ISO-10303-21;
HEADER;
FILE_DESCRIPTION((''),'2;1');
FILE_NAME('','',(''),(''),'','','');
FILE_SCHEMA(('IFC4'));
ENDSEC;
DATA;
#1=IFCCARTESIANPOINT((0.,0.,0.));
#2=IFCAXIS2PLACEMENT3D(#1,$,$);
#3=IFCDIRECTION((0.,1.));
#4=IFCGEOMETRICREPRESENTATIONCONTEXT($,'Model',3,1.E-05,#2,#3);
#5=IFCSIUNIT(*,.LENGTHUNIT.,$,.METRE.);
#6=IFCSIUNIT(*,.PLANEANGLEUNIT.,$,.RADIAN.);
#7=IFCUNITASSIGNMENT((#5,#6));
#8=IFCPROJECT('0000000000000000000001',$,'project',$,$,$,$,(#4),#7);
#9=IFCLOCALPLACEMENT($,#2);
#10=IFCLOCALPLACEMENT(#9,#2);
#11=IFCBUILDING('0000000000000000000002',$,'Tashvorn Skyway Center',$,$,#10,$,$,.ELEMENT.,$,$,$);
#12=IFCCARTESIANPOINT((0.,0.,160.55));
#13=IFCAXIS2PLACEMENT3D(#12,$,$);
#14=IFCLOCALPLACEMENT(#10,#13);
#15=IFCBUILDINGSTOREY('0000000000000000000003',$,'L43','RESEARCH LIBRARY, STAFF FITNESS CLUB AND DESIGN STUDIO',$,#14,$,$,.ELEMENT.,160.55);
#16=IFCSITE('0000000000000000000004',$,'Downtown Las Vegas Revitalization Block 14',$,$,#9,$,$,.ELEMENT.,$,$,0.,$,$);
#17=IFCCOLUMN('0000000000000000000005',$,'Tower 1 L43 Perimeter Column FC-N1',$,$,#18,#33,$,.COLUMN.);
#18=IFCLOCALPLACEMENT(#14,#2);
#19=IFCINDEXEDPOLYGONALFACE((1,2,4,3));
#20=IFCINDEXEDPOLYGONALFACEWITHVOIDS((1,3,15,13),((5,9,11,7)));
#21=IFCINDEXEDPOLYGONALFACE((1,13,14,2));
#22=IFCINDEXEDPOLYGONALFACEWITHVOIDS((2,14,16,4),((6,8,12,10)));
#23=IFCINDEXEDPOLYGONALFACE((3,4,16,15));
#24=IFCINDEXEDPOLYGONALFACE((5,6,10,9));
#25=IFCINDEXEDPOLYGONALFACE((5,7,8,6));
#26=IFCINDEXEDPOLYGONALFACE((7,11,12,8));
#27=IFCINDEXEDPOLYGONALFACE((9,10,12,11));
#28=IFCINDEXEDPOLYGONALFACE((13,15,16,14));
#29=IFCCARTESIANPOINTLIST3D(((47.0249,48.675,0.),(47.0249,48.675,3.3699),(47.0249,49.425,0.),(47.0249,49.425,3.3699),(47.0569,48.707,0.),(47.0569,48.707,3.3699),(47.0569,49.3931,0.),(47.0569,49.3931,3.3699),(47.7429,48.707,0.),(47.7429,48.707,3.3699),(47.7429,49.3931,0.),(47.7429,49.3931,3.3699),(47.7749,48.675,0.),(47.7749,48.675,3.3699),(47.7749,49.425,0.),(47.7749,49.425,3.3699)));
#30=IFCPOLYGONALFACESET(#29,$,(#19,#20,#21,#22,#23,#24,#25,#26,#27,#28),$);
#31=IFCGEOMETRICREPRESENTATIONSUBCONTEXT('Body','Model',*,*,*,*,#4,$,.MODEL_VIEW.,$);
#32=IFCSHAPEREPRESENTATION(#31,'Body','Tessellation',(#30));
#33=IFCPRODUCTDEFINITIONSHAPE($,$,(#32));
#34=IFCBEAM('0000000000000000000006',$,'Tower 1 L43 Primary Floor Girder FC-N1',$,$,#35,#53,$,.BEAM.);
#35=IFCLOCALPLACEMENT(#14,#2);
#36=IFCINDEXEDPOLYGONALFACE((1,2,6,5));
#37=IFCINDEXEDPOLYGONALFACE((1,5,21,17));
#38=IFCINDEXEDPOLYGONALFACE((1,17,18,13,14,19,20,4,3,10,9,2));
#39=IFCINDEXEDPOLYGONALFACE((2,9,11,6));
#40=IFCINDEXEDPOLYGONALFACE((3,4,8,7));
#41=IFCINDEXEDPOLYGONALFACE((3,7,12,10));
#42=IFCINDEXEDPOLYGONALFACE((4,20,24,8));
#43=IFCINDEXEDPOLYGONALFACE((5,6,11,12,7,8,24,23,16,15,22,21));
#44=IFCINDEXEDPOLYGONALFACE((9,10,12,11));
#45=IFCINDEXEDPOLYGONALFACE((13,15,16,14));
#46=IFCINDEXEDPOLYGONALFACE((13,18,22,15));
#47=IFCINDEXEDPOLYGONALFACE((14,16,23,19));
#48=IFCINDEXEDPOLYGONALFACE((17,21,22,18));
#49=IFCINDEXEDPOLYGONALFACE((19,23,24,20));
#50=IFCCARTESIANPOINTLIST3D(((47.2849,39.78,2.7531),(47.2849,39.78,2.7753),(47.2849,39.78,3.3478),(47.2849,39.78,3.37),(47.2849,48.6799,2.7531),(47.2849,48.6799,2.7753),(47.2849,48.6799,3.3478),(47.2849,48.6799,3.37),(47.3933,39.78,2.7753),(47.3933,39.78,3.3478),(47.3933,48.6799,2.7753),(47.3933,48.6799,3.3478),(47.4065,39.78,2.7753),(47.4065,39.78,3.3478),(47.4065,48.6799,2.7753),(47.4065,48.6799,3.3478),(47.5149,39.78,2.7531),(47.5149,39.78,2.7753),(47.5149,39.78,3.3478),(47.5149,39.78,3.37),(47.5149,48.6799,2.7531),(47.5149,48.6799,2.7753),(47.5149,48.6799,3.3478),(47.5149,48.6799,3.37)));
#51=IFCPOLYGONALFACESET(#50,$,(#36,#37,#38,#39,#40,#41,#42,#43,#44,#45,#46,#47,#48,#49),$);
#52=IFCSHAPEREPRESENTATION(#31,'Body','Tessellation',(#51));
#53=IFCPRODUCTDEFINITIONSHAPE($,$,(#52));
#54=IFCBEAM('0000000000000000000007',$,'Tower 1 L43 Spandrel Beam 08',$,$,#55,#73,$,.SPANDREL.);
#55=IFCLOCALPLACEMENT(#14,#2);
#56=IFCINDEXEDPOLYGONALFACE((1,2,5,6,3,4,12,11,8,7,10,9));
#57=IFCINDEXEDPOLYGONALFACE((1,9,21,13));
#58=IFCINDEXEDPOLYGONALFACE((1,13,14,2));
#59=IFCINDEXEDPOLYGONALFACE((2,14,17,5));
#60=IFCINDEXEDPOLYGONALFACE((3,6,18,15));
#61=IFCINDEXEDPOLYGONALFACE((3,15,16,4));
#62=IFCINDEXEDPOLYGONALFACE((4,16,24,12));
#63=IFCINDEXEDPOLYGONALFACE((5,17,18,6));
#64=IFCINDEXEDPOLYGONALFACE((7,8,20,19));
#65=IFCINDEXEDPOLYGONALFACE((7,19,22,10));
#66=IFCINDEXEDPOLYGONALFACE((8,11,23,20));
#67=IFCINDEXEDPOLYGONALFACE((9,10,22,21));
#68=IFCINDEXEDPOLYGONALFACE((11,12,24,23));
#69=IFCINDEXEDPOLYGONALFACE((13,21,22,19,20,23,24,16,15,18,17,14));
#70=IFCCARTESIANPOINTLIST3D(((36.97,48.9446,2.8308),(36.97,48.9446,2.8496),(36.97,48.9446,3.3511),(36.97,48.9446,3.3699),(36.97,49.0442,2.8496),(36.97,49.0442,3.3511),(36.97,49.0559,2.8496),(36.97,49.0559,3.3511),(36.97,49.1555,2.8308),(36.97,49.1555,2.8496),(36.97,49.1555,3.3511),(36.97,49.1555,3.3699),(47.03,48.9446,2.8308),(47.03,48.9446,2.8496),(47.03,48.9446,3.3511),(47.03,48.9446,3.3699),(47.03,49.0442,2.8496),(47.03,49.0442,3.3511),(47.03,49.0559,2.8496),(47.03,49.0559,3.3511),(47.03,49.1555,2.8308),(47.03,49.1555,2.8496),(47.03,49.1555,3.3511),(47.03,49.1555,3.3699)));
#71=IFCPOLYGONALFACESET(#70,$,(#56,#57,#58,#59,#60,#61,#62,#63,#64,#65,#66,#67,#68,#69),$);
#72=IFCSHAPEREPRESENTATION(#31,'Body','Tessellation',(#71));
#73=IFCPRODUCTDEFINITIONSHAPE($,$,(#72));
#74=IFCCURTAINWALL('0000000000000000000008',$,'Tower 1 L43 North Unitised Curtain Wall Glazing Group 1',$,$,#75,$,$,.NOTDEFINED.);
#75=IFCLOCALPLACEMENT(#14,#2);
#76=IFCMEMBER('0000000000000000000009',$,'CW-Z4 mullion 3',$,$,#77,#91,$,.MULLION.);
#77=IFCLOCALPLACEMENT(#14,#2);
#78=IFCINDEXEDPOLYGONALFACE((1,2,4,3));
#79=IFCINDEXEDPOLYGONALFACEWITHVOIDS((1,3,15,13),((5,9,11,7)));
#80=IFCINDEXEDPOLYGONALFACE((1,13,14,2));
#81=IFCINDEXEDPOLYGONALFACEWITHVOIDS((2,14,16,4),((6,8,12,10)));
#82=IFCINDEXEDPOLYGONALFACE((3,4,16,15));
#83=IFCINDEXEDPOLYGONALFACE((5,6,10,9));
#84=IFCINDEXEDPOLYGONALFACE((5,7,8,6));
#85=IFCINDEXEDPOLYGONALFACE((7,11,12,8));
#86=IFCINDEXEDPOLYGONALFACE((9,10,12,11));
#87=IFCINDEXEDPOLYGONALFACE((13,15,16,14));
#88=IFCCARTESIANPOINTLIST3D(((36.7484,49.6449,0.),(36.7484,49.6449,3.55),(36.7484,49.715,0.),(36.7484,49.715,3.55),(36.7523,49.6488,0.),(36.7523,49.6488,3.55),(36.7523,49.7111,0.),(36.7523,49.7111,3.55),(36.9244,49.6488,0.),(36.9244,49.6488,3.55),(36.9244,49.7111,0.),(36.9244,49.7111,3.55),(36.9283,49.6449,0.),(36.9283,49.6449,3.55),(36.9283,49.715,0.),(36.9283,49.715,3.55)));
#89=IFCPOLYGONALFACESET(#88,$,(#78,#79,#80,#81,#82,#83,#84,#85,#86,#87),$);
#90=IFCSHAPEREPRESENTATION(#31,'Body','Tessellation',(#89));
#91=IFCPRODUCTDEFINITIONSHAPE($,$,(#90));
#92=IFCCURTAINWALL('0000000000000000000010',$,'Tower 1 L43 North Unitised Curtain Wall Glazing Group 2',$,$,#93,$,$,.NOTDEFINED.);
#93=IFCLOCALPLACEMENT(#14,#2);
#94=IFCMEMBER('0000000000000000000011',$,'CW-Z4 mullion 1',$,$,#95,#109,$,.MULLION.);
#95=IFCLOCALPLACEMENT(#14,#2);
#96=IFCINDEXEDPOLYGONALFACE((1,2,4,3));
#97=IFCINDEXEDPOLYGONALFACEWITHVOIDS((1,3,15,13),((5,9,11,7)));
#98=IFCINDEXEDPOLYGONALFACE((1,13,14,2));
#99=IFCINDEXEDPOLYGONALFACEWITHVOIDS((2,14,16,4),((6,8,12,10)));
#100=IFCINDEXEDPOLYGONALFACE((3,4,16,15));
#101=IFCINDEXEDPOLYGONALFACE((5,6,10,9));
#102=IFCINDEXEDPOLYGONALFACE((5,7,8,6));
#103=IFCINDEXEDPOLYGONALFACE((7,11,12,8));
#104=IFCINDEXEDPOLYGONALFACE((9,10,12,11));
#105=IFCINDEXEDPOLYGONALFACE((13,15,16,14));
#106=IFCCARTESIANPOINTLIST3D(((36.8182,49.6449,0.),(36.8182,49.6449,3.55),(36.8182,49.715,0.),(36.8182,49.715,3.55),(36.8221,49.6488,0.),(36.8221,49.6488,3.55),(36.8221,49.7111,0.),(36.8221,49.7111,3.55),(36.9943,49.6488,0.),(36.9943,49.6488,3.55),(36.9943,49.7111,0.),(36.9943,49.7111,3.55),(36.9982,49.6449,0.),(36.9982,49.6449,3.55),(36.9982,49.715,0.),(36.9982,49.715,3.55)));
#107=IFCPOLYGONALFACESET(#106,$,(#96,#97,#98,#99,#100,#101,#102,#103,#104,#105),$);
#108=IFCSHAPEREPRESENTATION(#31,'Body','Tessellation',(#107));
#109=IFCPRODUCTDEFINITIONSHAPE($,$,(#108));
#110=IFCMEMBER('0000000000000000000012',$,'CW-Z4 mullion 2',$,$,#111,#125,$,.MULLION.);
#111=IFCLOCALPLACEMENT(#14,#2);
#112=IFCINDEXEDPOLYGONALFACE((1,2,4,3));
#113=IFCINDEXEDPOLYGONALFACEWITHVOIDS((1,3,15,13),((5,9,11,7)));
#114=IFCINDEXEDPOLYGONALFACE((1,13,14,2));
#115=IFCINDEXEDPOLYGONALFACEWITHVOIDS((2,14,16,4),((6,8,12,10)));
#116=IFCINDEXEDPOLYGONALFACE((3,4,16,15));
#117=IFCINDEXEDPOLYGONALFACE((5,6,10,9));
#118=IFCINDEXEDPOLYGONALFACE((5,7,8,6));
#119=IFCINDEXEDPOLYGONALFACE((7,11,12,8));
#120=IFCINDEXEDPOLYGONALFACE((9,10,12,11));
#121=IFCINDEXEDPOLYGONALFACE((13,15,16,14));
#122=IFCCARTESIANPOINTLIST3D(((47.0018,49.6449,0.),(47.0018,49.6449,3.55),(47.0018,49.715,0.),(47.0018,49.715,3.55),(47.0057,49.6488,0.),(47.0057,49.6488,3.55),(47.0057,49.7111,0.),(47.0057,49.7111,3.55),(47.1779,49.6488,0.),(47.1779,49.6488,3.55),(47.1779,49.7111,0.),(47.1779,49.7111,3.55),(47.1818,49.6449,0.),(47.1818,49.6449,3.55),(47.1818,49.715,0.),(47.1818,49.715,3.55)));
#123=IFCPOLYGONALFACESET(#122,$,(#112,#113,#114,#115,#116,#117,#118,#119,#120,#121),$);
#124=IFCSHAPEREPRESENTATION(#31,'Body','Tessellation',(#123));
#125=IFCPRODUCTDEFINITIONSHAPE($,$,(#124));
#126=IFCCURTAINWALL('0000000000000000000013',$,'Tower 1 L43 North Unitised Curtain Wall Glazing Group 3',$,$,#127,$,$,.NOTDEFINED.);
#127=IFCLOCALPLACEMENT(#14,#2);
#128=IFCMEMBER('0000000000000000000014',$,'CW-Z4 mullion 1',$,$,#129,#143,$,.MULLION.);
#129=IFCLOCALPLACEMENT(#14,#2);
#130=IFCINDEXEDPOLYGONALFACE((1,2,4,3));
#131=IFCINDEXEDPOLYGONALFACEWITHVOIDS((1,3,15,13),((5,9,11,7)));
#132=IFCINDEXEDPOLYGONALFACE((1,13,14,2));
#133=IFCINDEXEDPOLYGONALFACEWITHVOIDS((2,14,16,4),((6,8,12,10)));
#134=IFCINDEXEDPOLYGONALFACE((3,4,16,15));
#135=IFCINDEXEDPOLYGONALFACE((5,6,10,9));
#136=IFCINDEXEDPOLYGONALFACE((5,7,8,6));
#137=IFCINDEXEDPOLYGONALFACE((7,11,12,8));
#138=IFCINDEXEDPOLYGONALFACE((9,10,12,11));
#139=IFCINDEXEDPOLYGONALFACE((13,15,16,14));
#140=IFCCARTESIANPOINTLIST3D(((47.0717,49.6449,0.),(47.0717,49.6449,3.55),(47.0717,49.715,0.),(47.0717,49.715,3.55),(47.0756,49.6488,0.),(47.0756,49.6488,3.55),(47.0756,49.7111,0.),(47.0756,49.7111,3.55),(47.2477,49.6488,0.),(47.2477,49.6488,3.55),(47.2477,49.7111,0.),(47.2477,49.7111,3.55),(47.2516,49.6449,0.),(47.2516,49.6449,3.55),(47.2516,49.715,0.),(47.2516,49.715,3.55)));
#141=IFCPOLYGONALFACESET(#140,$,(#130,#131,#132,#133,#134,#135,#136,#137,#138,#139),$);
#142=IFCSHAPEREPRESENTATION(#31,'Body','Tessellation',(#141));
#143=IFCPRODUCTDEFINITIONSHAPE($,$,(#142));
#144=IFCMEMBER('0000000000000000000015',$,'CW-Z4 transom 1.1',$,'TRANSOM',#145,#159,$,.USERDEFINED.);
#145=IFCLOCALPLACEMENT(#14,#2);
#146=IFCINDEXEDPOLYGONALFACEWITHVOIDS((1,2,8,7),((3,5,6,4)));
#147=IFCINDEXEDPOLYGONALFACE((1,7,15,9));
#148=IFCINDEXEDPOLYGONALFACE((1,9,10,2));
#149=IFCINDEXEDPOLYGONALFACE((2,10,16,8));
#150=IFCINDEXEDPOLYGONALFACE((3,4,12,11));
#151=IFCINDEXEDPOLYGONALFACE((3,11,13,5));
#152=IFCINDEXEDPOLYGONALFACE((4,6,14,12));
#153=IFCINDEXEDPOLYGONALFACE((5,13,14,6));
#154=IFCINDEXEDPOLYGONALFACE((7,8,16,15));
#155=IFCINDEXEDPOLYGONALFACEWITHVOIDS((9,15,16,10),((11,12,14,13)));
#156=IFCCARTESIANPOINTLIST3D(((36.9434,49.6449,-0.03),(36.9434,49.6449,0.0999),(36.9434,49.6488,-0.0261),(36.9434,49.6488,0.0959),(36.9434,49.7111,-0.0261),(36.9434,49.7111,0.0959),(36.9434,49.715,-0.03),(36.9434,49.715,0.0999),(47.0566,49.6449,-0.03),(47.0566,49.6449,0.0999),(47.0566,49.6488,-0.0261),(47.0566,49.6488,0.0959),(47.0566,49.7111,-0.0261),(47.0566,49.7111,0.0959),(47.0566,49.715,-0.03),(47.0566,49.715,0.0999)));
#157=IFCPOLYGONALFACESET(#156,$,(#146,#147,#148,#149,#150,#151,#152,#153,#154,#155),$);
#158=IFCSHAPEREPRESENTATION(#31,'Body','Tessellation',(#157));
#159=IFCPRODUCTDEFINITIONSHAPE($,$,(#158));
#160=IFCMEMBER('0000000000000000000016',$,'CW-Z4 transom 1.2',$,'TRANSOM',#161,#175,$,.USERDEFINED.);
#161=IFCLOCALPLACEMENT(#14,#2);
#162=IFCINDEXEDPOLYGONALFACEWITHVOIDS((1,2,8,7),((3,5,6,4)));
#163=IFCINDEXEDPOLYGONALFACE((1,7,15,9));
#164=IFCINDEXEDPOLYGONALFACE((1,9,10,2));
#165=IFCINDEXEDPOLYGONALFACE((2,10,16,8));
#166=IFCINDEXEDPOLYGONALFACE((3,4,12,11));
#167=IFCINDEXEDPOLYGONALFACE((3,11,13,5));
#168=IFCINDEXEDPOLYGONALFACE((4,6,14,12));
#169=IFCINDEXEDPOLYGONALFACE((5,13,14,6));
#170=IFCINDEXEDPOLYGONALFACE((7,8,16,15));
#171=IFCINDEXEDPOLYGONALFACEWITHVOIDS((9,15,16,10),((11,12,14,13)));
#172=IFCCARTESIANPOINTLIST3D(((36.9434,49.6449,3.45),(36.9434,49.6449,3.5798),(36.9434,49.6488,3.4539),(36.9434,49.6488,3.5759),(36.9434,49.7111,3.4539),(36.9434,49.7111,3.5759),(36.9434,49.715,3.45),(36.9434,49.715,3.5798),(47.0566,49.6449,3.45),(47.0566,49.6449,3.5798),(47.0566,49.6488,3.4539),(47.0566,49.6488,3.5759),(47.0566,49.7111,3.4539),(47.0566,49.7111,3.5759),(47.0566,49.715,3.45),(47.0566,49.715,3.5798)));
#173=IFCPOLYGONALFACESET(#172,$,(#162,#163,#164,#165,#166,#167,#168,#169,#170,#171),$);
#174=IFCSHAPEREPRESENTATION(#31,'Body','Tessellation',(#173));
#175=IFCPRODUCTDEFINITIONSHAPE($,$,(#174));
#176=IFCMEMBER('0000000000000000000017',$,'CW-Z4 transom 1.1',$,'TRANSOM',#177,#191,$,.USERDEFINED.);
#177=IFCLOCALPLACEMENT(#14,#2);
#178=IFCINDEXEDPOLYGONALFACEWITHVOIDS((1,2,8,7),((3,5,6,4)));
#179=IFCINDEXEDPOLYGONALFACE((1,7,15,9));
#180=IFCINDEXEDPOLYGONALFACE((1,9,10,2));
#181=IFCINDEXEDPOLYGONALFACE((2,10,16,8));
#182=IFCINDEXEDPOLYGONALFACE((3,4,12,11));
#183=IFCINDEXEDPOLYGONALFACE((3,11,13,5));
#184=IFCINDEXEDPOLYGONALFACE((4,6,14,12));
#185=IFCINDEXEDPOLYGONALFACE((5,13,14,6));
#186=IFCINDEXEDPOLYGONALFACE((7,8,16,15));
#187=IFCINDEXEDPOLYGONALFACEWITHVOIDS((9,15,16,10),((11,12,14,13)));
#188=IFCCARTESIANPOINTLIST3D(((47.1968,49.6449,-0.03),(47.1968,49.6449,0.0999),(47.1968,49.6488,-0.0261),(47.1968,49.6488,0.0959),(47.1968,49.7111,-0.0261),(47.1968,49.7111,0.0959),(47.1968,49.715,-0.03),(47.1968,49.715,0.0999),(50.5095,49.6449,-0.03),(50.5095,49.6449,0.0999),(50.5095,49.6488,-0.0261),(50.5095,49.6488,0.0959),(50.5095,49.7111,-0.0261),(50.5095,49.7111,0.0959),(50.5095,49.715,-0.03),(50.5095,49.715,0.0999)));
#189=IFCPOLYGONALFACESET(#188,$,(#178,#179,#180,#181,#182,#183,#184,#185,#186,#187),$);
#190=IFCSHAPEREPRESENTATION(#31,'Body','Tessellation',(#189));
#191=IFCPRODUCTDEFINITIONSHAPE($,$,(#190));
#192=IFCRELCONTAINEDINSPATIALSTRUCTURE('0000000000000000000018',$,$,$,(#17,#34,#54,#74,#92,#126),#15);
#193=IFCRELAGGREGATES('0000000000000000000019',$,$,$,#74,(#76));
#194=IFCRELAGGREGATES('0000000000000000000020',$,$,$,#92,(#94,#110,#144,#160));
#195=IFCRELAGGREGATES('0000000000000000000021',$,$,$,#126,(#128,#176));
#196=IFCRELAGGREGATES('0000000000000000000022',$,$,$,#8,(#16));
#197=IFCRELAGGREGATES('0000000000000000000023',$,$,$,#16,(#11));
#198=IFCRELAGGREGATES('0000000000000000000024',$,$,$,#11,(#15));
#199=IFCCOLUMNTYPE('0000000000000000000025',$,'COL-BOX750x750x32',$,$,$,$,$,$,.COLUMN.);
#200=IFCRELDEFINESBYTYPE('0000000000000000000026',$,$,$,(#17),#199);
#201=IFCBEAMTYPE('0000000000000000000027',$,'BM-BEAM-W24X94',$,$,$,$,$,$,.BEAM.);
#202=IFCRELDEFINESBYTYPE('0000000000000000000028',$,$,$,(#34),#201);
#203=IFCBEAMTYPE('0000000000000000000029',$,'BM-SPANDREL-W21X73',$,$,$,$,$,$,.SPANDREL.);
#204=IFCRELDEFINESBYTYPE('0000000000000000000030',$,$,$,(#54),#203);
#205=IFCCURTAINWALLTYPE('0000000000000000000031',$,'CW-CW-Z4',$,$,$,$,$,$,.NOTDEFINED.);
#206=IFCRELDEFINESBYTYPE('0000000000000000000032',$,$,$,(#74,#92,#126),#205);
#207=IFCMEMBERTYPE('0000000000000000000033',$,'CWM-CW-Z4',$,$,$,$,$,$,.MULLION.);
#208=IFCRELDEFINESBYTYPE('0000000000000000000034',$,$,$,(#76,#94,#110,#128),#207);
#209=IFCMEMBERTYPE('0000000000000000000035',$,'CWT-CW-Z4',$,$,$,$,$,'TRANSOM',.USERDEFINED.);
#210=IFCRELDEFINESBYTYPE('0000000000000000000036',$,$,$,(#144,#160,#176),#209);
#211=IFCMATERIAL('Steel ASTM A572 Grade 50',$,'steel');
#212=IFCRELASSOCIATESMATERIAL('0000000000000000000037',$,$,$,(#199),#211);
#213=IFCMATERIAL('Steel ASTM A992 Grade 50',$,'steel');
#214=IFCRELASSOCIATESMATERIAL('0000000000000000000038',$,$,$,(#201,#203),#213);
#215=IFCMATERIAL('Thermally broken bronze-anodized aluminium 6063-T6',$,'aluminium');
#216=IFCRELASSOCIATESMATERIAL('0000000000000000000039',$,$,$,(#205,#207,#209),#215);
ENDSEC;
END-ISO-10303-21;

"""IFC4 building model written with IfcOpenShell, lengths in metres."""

from ifc_helpers import new_model, si_unit, direction, frame, origin, origin_2d, place, context, subcontext, project, spatial, hollow_rectangle, i_section, extrude, material, material_profile, profile_set, type_object, element, aggregate, save


model = new_model("IFC4")

# Units and contexts
model_context = context("Model", 3, precision=1e-05, world=origin(), true_north=direction((0.0, 1.0)))
body_context = subcontext(model_context, "Body", "Model", "MODEL_VIEW")
ifc_project = project(units=[si_unit("LENGTHUNIT", "METRE"), si_unit("PLANEANGLEUNIT", "RADIAN")], contexts=[model_context])

# Site, building, storey
site_placement = place(None, origin())
site = spatial("IfcSite", under=ifc_project, at=site_placement, Name="Downtown Las Vegas Revitalization Block 14", CompositionType="ELEMENT", RefElevation=0.0)
building_placement = place(site_placement, origin())
building = spatial("IfcBuilding", under=site, at=building_placement, Name="Tashvorn Skyway Center", CompositionType="ELEMENT")
storey_placement = place(building_placement, frame((0.0, 0.0, 160.55)))
storey = spatial("IfcBuildingStorey", under=building, at=storey_placement, Name="L43", Description="RESEARCH LIBRARY, STAFF FITNESS CLUB AND DESIGN STUDIO", CompositionType="ELEMENT", Elevation=160.55)

# Column
ifc_material_1 = material(Name="Steel ASTM A572 Grade 50", Category="steel")
ifc_material_profile_1 = material_profile(ifc_material_1, hollow_rectangle(XDim=0.75, YDim=0.75, WallThickness=0.032, at=origin_2d()), Name="BOX750x750x32")
ifc_profile_set_1 = profile_set([ifc_material_profile_1], Name="Steel ASTM A572 Grade 50")
column_type = type_object("IfcColumnType", Name="COL-BOX750x750x32", PredefinedType="COLUMN", material=ifc_profile_set_1)
column_placement = place(storey_placement, frame((47.3999, 49.05, 0.0), z_axis=(0.0, 0.0, 1.0), x_axis=(1.0, 0.0, 0.0)))
element("IfcColumn", 1, at=column_placement, inside=storey, type_object=column_type, Name="Tower 1 L43 Perimeter Column FC-N1", PredefinedType="COLUMN", context=body_context, shape_type="SweptSolid", body=[
    extrude(hollow_rectangle(XDim=0.75, YDim=0.75, WallThickness=0.032, at=origin_2d()), origin(), (0.0, 0.0, 1.0), 3.3699),
])

# Beams
ifc_material_2 = material(Name="Steel ASTM A992 Grade 50", Category="steel")
ifc_material_profile_2 = material_profile(ifc_material_2, i_section(OverallWidth=0.23, OverallDepth=0.6169, WebThickness=0.0132, FlangeThickness=0.0222, at=origin_2d()), Name="W24X94")
ifc_profile_set_2 = profile_set([ifc_material_profile_2], Name="Steel ASTM A992 Grade 50")
beam_type_1 = type_object("IfcBeamType", Name="BM-BEAM-W24X94", PredefinedType="BEAM", material=ifc_profile_set_2)
beam_1_placement = place(storey_placement, frame((47.3999, 48.6799, 3.0615), z_axis=(0.0, -1.0, 0.0), x_axis=(1.0, 0.0, 0.0)))
element("IfcBeam", 2, at=beam_1_placement, inside=storey, type_object=beam_type_1, Name="Tower 1 L43 Primary Floor Girder FC-N1", PredefinedType="BEAM", context=body_context, shape_type="SweptSolid", body=[
    extrude(i_section(OverallWidth=0.23, OverallDepth=0.6169, WebThickness=0.0132, FlangeThickness=0.0222, at=origin_2d()), origin(), (0.0, 0.0, 1.0), 8.8999),
])
ifc_material_profile_3 = material_profile(ifc_material_2, i_section(OverallWidth=0.2109, OverallDepth=0.5391, WebThickness=0.0117, FlangeThickness=0.0188, at=origin_2d()), Name="W21X73")
ifc_profile_set_3 = profile_set([ifc_material_profile_3], Name="Steel ASTM A992 Grade 50")
beam_type_2 = type_object("IfcBeamType", Name="BM-SPANDREL-W21X73", PredefinedType="SPANDREL", material=ifc_profile_set_3)
beam_2_placement = place(storey_placement, frame((47.03, 49.05, 3.1003), z_axis=(-1.0, 0.0, 0.0), x_axis=(0.0, -1.0, 0.0)))
element("IfcBeam", 3, at=beam_2_placement, inside=storey, type_object=beam_type_2, Name="Tower 1 L43 Spandrel Beam 08", PredefinedType="SPANDREL", context=body_context, shape_type="SweptSolid", body=[
    extrude(i_section(OverallWidth=0.2109, OverallDepth=0.5391, WebThickness=0.0117, FlangeThickness=0.0188, at=origin_2d()), origin(), (0.0, 0.0, 1.0), 10.0601),
])

# Curtain wall, member
ifc_material_3 = material(Name="Thermally broken bronze-anodized aluminium 6063-T6", Category="aluminium")
curtain_wall_type = type_object("IfcCurtainWallType", Name="CW-CW-Z4", PredefinedType="NOTDEFINED", material=ifc_material_3)
curtain_wall_1_placement = place(storey_placement, origin())
curtain_wall_1 = element("IfcCurtainWall", 4, at=curtain_wall_1_placement, inside=storey, type_object=curtain_wall_type, Name="Tower 1 L43 North Unitised Curtain Wall Glazing Group 1", PredefinedType="NOTDEFINED")
ifc_material_profile_4 = material_profile(ifc_material_3, hollow_rectangle(XDim=0.0701, YDim=0.1799, WallThickness=0.0039, at=origin_2d()), Name="ALU-MULL-70x180")
ifc_profile_set_4 = profile_set([ifc_material_profile_4], Name="Thermally broken bronze-anodized aluminium 6063-T6")
member_type_1 = type_object("IfcMemberType", Name="CWM-CW-Z4", PredefinedType="MULLION", material=ifc_profile_set_4)
member_1_placement = place(storey_placement, frame((36.8384, 49.6799, 0.0), z_axis=(0.0, 0.0, 1.0), x_axis=(0.0, 1.0, 0.0)))
member_1 = element("IfcMember", 5, at=member_1_placement, type_object=member_type_1, Name="CW-Z4 mullion 3", PredefinedType="MULLION", context=body_context, shape_type="SweptSolid", body=[
    extrude(hollow_rectangle(XDim=0.0701, YDim=0.1799, WallThickness=0.0039, at=origin_2d()), origin(), (0.0, 0.0, 1.0), 3.55),
])
aggregate(curtain_wall_1, [member_1])

# Curtain wall, members
curtain_wall_2_placement = place(storey_placement, origin())
curtain_wall_2 = element("IfcCurtainWall", 6, at=curtain_wall_2_placement, inside=storey, type_object=curtain_wall_type, Name="Tower 1 L43 North Unitised Curtain Wall Glazing Group 2", PredefinedType="NOTDEFINED")
member_2_placement = place(storey_placement, frame((36.9082, 49.6799, 0.0), z_axis=(0.0, 0.0, 1.0), x_axis=(0.0, 1.0, 0.0)))
member_2 = element("IfcMember", 7, at=member_2_placement, type_object=member_type_1, Name="CW-Z4 mullion 1", PredefinedType="MULLION", context=body_context, shape_type="SweptSolid", body=[
    extrude(hollow_rectangle(XDim=0.0701, YDim=0.1799, WallThickness=0.0039, at=origin_2d()), origin(), (0.0, 0.0, 1.0), 3.55),
])
member_3_placement = place(storey_placement, frame((47.0918, 49.6799, 0.0), z_axis=(0.0, 0.0, 1.0), x_axis=(0.0, 1.0, 0.0)))
member_3 = element("IfcMember", 8, at=member_3_placement, type_object=member_type_1, Name="CW-Z4 mullion 2", PredefinedType="MULLION", context=body_context, shape_type="SweptSolid", body=[
    extrude(hollow_rectangle(XDim=0.0701, YDim=0.1799, WallThickness=0.0039, at=origin_2d()), origin(), (0.0, 0.0, 1.0), 3.55),
])

# Curtain wall, member
curtain_wall_3_placement = place(storey_placement, origin())
curtain_wall_3 = element("IfcCurtainWall", 9, at=curtain_wall_3_placement, inside=storey, type_object=curtain_wall_type, Name="Tower 1 L43 North Unitised Curtain Wall Glazing Group 3", PredefinedType="NOTDEFINED")
member_4_placement = place(storey_placement, frame((47.1616, 49.6799, 0.0), z_axis=(0.0, 0.0, 1.0), x_axis=(0.0, 1.0, 0.0)))
member_4 = element("IfcMember", 10, at=member_4_placement, type_object=member_type_1, Name="CW-Z4 mullion 1", PredefinedType="MULLION", context=body_context, shape_type="SweptSolid", body=[
    extrude(hollow_rectangle(XDim=0.0701, YDim=0.1799, WallThickness=0.0039, at=origin_2d()), origin(), (0.0, 0.0, 1.0), 3.55),
])

# Members
ifc_material_profile_5 = material_profile(ifc_material_3, hollow_rectangle(XDim=0.0701, YDim=0.1299, WallThickness=0.0039, at=origin_2d()), Name="ALU-TRAN-70x130")
ifc_profile_set_5 = profile_set([ifc_material_profile_5], Name="Thermally broken bronze-anodized aluminium 6063-T6")
member_type_2 = type_object("IfcMemberType", Name="CWT-CW-Z4", ElementType="TRANSOM", PredefinedType="USERDEFINED", material=ifc_profile_set_5)
member_5_placement = place(storey_placement, frame((36.9434, 49.6799, 0.0349), z_axis=(1.0, 0.0, 0.0), x_axis=(0.0, 1.0, 0.0)))
member_5 = element("IfcMember", 11, at=member_5_placement, type_object=member_type_2, Name="CW-Z4 transom 1.1", ObjectType="TRANSOM", PredefinedType="USERDEFINED", context=body_context, shape_type="SweptSolid", body=[
    extrude(hollow_rectangle(XDim=0.0701, YDim=0.1299, WallThickness=0.0039, at=origin_2d()), origin(), (0.0, 0.0, 1.0), 10.1133),
])
member_6_placement = place(storey_placement, frame((36.9434, 49.6799, 3.5149), z_axis=(1.0, 0.0, 0.0), x_axis=(0.0, 1.0, 0.0)))
member_6 = element("IfcMember", 12, at=member_6_placement, type_object=member_type_2, Name="CW-Z4 transom 1.2", ObjectType="TRANSOM", PredefinedType="USERDEFINED", context=body_context, shape_type="SweptSolid", body=[
    extrude(hollow_rectangle(XDim=0.0701, YDim=0.1299, WallThickness=0.0039, at=origin_2d()), origin(), (0.0, 0.0, 1.0), 10.1133),
])
member_7_placement = place(storey_placement, frame((47.1968, 49.6799, 0.0349), z_axis=(1.0, 0.0, 0.0), x_axis=(0.0, 1.0, 0.0)))
member_7 = element("IfcMember", 13, at=member_7_placement, type_object=member_type_2, Name="CW-Z4 transom 1.1", ObjectType="TRANSOM", PredefinedType="USERDEFINED", context=body_context, shape_type="SweptSolid", body=[
    extrude(hollow_rectangle(XDim=0.0701, YDim=0.1299, WallThickness=0.0039, at=origin_2d()), origin(), (0.0, 0.0, 1.0), 3.3127),
])

aggregate(curtain_wall_2, [member_2, member_3, member_5, member_6])
aggregate(curtain_wall_3, [member_4, member_7])

save(model, "model.ifc")
